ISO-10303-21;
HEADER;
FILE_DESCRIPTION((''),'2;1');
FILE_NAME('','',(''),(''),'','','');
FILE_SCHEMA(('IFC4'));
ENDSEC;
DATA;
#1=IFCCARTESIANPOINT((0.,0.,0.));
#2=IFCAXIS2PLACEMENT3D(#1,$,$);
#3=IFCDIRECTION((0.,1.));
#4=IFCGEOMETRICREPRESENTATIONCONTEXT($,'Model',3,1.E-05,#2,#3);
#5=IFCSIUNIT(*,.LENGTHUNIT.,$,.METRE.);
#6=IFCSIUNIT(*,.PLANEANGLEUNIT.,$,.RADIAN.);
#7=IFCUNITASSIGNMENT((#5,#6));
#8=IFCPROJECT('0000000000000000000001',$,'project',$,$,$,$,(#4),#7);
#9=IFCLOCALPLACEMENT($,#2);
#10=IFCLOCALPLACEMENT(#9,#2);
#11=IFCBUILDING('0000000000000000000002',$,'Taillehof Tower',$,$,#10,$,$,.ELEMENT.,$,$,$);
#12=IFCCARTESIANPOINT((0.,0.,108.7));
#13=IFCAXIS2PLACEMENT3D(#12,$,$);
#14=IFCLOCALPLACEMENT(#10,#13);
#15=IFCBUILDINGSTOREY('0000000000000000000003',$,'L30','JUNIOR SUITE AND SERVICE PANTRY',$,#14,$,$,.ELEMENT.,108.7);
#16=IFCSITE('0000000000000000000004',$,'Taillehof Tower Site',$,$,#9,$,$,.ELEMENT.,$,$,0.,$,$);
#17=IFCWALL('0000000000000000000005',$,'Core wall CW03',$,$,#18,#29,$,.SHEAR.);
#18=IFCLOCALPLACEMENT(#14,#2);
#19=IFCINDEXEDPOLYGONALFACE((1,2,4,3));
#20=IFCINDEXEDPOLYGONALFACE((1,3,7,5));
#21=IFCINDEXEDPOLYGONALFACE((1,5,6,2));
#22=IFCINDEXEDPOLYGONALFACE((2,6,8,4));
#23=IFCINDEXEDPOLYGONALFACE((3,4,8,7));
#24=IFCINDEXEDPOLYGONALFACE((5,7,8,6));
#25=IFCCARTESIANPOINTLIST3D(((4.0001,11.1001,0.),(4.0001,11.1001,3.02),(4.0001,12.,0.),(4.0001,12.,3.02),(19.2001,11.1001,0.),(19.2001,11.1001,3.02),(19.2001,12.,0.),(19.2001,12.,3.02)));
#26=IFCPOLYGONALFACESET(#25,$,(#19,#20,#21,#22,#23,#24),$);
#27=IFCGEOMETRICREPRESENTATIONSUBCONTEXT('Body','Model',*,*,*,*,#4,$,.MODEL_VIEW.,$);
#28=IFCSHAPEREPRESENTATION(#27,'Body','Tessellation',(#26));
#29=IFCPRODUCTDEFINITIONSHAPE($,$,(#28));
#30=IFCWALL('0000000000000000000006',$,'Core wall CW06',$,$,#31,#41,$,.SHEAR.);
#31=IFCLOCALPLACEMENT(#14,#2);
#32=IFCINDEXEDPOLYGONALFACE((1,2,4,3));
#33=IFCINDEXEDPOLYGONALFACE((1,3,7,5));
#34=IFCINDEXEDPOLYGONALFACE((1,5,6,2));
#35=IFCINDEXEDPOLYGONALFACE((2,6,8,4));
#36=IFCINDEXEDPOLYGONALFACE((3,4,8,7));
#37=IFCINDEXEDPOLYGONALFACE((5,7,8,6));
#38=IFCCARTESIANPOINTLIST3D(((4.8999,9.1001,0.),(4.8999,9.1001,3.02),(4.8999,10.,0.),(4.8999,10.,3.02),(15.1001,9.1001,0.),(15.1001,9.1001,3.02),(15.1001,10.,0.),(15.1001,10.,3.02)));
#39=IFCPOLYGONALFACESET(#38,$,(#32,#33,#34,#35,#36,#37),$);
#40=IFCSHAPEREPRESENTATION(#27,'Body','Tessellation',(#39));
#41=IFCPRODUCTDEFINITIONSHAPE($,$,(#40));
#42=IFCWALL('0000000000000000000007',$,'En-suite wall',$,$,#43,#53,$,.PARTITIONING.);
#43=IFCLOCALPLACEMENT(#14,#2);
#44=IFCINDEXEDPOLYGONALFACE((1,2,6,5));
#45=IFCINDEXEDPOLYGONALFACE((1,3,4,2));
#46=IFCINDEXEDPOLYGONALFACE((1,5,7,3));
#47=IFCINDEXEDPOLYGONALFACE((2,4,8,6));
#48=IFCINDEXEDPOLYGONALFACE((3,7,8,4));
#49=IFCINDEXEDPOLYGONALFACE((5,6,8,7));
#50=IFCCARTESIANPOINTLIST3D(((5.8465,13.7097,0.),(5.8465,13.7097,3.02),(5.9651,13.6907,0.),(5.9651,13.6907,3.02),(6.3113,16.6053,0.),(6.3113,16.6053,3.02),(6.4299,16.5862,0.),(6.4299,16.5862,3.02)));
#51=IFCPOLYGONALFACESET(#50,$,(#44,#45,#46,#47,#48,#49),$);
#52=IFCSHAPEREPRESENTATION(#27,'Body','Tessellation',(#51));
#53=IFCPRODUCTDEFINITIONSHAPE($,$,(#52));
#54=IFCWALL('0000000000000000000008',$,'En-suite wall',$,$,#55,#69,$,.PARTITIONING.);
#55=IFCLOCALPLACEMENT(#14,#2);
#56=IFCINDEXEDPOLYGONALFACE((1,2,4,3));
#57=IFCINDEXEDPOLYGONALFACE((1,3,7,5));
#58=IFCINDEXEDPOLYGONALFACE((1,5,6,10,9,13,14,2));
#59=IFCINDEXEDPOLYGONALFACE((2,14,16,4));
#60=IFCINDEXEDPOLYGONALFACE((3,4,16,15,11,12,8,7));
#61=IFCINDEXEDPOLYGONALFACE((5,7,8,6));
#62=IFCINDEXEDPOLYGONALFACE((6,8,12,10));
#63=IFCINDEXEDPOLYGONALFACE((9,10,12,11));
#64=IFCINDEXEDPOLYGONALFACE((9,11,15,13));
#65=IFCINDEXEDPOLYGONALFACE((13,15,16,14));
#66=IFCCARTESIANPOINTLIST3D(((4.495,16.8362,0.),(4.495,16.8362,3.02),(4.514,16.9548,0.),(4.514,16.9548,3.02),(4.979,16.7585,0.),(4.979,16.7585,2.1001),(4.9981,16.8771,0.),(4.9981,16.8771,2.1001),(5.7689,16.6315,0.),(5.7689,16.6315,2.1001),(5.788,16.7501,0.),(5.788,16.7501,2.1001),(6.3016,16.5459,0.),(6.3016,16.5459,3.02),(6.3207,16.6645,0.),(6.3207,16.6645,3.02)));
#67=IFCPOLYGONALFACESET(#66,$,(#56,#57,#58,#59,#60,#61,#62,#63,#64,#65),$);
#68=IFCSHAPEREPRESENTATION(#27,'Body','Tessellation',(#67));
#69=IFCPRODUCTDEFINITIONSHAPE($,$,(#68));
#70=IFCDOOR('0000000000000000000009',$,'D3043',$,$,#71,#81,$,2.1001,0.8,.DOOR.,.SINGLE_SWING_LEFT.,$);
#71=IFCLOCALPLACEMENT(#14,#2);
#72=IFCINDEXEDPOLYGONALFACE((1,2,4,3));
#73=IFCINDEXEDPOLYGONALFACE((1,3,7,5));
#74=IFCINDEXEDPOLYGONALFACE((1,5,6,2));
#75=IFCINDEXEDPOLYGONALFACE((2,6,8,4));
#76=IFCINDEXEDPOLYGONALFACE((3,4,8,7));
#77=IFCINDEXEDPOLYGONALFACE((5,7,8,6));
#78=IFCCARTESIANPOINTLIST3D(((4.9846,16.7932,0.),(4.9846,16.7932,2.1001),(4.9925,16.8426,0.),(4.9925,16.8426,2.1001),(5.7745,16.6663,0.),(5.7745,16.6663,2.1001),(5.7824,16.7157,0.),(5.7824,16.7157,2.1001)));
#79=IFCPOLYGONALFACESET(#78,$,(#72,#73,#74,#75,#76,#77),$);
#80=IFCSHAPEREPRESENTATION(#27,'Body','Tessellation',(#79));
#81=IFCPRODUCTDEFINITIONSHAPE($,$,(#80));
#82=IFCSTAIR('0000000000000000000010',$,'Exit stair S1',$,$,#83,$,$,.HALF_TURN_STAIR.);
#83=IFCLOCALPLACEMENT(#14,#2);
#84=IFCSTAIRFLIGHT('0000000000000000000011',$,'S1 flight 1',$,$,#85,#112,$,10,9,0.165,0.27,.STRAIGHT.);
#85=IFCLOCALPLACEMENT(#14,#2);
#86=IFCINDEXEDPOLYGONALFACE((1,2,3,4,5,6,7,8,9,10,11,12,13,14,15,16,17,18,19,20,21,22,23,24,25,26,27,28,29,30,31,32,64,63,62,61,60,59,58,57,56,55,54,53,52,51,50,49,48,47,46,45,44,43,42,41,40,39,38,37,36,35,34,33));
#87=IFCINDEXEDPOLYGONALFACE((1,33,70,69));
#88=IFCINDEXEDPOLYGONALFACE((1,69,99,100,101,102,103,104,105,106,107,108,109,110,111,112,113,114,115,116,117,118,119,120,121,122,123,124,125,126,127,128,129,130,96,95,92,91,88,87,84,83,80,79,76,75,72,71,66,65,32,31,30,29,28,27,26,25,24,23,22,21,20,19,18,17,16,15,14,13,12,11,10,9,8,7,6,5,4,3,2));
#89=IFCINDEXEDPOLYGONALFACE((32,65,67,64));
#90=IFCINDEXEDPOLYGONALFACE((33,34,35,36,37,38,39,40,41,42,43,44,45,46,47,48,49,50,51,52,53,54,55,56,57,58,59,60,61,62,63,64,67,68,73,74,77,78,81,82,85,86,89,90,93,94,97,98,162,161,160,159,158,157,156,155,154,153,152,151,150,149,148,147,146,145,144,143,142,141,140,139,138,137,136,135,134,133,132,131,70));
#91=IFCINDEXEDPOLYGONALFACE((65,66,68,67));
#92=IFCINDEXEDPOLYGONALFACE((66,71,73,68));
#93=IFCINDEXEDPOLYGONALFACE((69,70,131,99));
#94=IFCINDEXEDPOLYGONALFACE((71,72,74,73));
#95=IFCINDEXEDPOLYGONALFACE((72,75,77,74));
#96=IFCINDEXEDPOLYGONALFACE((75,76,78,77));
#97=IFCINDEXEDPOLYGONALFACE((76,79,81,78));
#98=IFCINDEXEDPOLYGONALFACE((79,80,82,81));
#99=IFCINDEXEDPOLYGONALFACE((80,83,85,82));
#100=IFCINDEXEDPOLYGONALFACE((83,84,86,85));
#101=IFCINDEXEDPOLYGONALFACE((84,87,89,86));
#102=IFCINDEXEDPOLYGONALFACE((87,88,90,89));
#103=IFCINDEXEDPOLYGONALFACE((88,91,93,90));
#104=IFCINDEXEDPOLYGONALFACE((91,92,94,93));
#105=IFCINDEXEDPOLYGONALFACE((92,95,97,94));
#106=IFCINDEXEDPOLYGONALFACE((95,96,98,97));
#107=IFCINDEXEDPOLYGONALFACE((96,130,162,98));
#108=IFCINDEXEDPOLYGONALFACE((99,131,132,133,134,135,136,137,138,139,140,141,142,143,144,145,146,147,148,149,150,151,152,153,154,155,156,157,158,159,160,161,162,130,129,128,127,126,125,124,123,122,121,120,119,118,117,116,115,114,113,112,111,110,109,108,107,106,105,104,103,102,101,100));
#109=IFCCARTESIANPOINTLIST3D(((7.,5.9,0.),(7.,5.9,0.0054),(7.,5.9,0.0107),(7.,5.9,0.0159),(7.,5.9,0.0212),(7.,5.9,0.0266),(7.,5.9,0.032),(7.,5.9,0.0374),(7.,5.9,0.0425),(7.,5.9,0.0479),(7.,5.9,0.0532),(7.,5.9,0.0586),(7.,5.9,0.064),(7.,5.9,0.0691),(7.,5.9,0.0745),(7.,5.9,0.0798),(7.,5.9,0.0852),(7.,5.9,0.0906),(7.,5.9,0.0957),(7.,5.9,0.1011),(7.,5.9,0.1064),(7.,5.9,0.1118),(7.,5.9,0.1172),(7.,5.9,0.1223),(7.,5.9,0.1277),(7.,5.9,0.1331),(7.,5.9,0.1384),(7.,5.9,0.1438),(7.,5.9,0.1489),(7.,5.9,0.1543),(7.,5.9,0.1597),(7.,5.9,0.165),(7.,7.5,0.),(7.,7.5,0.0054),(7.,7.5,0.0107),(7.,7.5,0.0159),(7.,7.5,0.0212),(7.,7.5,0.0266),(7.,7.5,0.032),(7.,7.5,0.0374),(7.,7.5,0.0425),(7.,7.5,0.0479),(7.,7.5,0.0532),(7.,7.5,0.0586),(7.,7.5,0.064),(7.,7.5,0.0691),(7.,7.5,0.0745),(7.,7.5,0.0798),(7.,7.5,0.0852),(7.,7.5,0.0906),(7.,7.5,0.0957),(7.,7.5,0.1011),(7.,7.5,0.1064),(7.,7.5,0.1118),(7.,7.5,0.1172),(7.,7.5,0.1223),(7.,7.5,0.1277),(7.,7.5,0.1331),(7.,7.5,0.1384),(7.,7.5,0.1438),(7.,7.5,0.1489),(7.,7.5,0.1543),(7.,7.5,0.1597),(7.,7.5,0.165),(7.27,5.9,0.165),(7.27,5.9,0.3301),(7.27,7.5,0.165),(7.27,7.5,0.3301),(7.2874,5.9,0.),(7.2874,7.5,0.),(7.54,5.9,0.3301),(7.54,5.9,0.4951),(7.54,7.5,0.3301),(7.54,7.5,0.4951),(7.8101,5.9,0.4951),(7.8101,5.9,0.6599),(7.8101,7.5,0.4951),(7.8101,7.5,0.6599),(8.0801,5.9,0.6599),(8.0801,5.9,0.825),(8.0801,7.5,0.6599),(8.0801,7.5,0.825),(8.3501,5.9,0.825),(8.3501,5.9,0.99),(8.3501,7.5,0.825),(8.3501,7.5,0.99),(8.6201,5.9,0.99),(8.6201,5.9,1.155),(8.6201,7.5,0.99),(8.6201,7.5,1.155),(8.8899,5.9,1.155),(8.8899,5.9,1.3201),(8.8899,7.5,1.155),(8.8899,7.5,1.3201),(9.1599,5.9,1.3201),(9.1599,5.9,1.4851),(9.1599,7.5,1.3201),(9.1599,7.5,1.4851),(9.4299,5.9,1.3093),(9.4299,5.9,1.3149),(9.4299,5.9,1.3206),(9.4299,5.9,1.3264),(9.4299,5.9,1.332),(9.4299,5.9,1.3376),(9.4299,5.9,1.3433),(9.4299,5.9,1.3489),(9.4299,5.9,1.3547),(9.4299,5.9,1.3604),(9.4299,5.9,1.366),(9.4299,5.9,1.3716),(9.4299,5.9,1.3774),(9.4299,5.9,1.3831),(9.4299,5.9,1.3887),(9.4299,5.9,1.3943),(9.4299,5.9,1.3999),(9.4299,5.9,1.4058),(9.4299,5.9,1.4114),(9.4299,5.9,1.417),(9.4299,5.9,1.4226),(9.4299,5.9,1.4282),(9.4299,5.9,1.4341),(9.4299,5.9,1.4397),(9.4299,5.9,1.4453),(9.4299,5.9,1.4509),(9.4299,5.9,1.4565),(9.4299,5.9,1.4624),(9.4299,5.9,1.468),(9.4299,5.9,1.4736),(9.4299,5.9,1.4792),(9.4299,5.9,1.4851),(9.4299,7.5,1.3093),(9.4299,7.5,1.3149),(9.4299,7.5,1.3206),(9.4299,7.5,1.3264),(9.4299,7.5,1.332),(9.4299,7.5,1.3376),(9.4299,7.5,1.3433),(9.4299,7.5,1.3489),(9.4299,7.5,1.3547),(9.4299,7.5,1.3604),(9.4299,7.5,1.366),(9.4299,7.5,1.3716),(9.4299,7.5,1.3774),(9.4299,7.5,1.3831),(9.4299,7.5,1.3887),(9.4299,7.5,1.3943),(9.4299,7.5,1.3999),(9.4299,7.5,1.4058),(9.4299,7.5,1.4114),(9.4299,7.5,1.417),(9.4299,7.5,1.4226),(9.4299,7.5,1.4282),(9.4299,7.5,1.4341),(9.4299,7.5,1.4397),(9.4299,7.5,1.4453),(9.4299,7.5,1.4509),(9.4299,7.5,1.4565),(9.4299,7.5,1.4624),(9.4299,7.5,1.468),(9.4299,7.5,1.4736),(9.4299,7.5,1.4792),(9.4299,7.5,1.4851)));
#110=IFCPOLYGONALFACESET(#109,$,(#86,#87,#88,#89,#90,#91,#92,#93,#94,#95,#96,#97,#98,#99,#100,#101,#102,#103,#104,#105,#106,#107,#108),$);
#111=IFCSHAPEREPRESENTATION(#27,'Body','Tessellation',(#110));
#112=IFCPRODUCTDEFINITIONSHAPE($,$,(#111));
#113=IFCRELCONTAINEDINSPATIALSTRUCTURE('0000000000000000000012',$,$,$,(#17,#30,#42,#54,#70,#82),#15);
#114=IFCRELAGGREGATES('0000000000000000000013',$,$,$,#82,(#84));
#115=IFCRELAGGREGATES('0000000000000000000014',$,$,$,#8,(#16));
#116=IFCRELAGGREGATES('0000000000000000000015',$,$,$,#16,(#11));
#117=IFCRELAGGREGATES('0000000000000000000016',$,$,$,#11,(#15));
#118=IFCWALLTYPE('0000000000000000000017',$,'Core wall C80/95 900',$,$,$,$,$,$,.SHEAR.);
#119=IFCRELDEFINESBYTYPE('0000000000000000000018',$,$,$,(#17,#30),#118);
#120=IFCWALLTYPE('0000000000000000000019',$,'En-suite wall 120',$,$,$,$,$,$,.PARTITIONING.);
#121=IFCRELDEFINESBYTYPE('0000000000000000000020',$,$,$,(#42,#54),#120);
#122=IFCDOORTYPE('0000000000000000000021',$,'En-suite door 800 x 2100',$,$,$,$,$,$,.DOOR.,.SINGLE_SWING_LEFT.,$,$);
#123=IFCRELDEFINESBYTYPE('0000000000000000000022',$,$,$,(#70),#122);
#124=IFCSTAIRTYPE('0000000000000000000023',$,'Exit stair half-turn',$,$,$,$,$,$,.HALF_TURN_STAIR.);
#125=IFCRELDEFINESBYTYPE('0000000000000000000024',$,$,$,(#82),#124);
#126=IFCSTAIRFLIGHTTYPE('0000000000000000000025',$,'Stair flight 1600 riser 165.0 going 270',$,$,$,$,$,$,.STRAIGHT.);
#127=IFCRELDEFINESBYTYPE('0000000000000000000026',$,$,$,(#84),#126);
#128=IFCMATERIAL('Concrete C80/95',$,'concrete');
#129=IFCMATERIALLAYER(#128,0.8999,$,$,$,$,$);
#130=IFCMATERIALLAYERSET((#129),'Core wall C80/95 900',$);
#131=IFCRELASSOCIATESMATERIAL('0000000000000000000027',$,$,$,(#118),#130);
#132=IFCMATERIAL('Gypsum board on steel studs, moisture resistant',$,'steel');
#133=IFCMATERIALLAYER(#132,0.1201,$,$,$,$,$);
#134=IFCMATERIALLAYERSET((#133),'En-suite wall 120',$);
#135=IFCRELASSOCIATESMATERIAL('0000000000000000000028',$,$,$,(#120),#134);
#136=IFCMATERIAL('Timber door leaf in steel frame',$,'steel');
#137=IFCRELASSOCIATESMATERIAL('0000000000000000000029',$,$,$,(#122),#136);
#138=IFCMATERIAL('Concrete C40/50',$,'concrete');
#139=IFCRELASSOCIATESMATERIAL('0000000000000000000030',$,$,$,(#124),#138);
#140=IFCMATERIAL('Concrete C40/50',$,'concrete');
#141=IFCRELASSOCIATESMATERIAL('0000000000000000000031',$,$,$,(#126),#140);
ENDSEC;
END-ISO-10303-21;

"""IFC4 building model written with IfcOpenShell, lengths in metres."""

from ifc_helpers import new_model, si_unit, direction, frame, frame_2d, origin, place, context, subcontext, project, spatial, polyline, rectangle, outline, extrude, material, layer, layer_set, type_object, element, fill, aggregate, save


model = new_model("IFC4")

# Units and contexts
model_context = context("Model", 3, precision=1e-05, world=origin(), true_north=direction((0.0, 1.0)))
body_context = subcontext(model_context, "Body", "Model", "MODEL_VIEW")
ifc_project = project(units=[si_unit("LENGTHUNIT", "METRE"), si_unit("PLANEANGLEUNIT", "RADIAN")], contexts=[model_context])

# Site, building, storey
site_placement = place(None, origin())
site = spatial("IfcSite", under=ifc_project, at=site_placement, Name="Taillehof Tower Site", CompositionType="ELEMENT", RefElevation=0.0)
building_placement = place(site_placement, origin())
building = spatial("IfcBuilding", under=site, at=building_placement, Name="Taillehof Tower", CompositionType="ELEMENT")
storey_placement = place(building_placement, frame((0.0, 0.0, 108.7)))
storey = spatial("IfcBuildingStorey", under=building, at=storey_placement, Name="L30", Description="JUNIOR SUITE AND SERVICE PANTRY", CompositionType="ELEMENT", Elevation=108.7)

# Walls
ifc_material_1 = material(Name="Concrete C80/95", Category="concrete")
ifc_layer_1 = layer(ifc_material_1, 0.8999)
ifc_layer_set_1 = layer_set([ifc_layer_1], Name="Core wall C80/95 900")
wall_type_1 = type_object("IfcWallType", Name="Core wall C80/95 900", PredefinedType="SHEAR", material=ifc_layer_set_1)
wall_1_placement = place(storey_placement, frame((4.0, 11.55, 0.0), z_axis=(0.0, 0.0, 1.0), x_axis=(1.0, 0.0, 0.0)))
element("IfcWall", 1, at=wall_1_placement, inside=storey, type_object=wall_type_1, Name="Core wall CW03", PredefinedType="SHEAR", context=body_context, shape_type="SweptSolid", body=[
    extrude(rectangle(XDim=15.2, YDim=0.8999, at=frame_2d((7.6001, 0.0))), origin(), (0.0, 0.0, 1.0), 3.02),
])
wall_2_placement = place(storey_placement, frame((4.8999, 9.55, 0.0), z_axis=(0.0, 0.0, 1.0), x_axis=(1.0, 0.0, 0.0)))
element("IfcWall", 2, at=wall_2_placement, inside=storey, type_object=wall_type_1, Name="Core wall CW06", PredefinedType="SHEAR", context=body_context, shape_type="SweptSolid", body=[
    extrude(rectangle(XDim=10.2002, YDim=0.8999, at=frame_2d((5.1001, 0.0))), origin(), (0.0, 0.0, 1.0), 3.02),
])
ifc_material_2 = material(Name="Gypsum board on steel studs, moisture resistant", Category="steel")
ifc_layer_2 = layer(ifc_material_2, 0.1201)
ifc_layer_set_2 = layer_set([ifc_layer_2], Name="En-suite wall 120")
wall_type_2 = type_object("IfcWallType", Name="En-suite wall 120", PredefinedType="PARTITIONING", material=ifc_layer_set_2)
wall_3_placement = place(storey_placement, frame((5.9058, 13.7002, 0.0), z_axis=(0.0, 0.0, 1.0), x_axis=(0.15851, 0.987357, 0.0)))
element("IfcWall", 3, at=wall_3_placement, inside=storey, type_object=wall_type_2, Name="En-suite wall", PredefinedType="PARTITIONING", context=body_context, shape_type="SweptSolid", body=[
    extrude(rectangle(XDim=2.9326, YDim=0.1201, at=frame_2d((1.4663, 0.0))), origin(), (0.0, 0.0, 1.0), 3.02),
])

# Wall, opening, door
wall_4_placement = place(storey_placement, frame((6.3113, 16.6052, 0.0), z_axis=(0.0, 0.0, 1.0), x_axis=(-0.987336, 0.158641, 0.0)))
wall_4 = element("IfcWall", 4, at=wall_4_placement, inside=storey, type_object=wall_type_2, Name="En-suite wall", PredefinedType="PARTITIONING", context=body_context, shape_type="SweptSolid", body=[
    extrude(rectangle(XDim=1.8298, YDim=0.1201, at=frame_2d((0.915, 0.0))), origin(), (0.0, 0.0, 1.0), 3.02),
])
opening_1_placement = place(wall_4_placement, frame((0.5398, 0.0, 0.0)))
opening_1 = element("IfcOpeningElement", 5, at=opening_1_placement, cuts=wall_4, PredefinedType="OPENING", context=body_context, shape_type="SweptSolid", body=[
    extrude(rectangle(XDim=0.8, YDim=2.1001, at=frame_2d((0.3999, 1.05))), frame((0.0, 0.0701, 0.0), z_axis=(0.0, -1.0, 0.0), x_axis=(1.0, 0.0, 0.0)), (0.0, 0.0, 1.0), 0.1401),
])
ifc_material_3 = material(Name="Timber door leaf in steel frame", Category="steel")
door_type_1 = type_object("IfcDoorType", Name="En-suite door 800 x 2100", OperationType="SINGLE_SWING_LEFT", PredefinedType="DOOR", material=ifc_material_3)
door_1_placement = place(opening_1_placement, origin())
door_1 = element("IfcDoor", 6, at=door_1_placement, inside=storey, type_object=door_type_1, Name="D3043", OperationType="SINGLE_SWING_LEFT", OverallHeight=2.1001, OverallWidth=0.8, PredefinedType="DOOR", context=body_context, shape_type="SweptSolid", body=[
    extrude(rectangle(XDim=0.8, YDim=2.1001, at=frame_2d((0.3999, 1.05))), frame((0.0, 0.0249, 0.0), z_axis=(0.0, -1.0, 0.0), x_axis=(1.0, 0.0, 0.0)), (0.0, 0.0, 1.0), 0.05),
])
fill(opening_1, door_1)

# Stair, stair flight
ifc_material_4 = material(Name="Concrete C40/50", Category="concrete")
stair_type = type_object("IfcStairType", Name="Exit stair half-turn", PredefinedType="HALF_TURN_STAIR", material=ifc_material_4)
stair_placement = place(storey_placement, origin())
stair = element("IfcStair", 7, at=stair_placement, inside=storey, type_object=stair_type, Name="Exit stair S1", PredefinedType="HALF_TURN_STAIR")
ifc_material_5 = material(Name="Concrete C40/50", Category="concrete")
stair_flight_type = type_object("IfcStairFlightType", Name="Stair flight 1600 riser 165.0 going 270", PredefinedType="STRAIGHT", material=ifc_material_5)
stair_flight_placement = place(storey_placement, frame((7.0, 6.7, 0.0), z_axis=(0.0, 0.0, 1.0), x_axis=(1.0, 0.0, 0.0)))
stair_flight = element("IfcStairFlight", 8, at=stair_flight_placement, type_object=stair_flight_type, Name="S1 flight 1", NumberOfRisers=10, NumberOfTreads=9, PredefinedType="STRAIGHT", RiserHeight=0.165, TreadLength=0.27, context=body_context, shape_type="SweptSolid", body=[
    extrude(outline(polyline([(0.0, 0.0), (0.0, 0.0054), (0.0, 0.0107), (0.0, 0.0159), (0.0, 0.0212), (0.0, 0.0266), (0.0, 0.032), (0.0, 0.0374), (0.0, 0.0425), (0.0, 0.0479), (0.0, 0.0532), (0.0, 0.0586), (0.0, 0.064), (0.0, 0.0691), (0.0, 0.0745), (0.0, 0.0798), (0.0, 0.0852), (0.0, 0.0906), (0.0, 0.0957), (0.0, 0.1011), (0.0, 0.1064), (0.0, 0.1118), (0.0, 0.1172), (0.0, 0.1223), (0.0, 0.1277), (0.0, 0.1331), (0.0, 0.1384), (0.0, 0.1438), (0.0, 0.1489), (0.0, 0.1543), (0.0, 0.1597), (0.0, 0.165), (0.27, 0.165), (0.27, 0.3301), (0.54, 0.3301), (0.54, 0.4951), (0.8101, 0.4951), (0.8101, 0.6599), (1.0801, 0.6599), (1.0801, 0.825), (1.3501, 0.825), (1.3501, 0.99), (1.6201, 0.99), (1.6201, 1.155), (1.8899, 1.155), (1.8899, 1.3201), (2.1599, 1.3201), (2.1599, 1.4851), (2.4299, 1.4851), (2.4299, 1.4792), (2.4299, 1.4736), (2.4299, 1.468), (2.4299, 1.4624), (2.4299, 1.4565), (2.4299, 1.4509), (2.4299, 1.4453), (2.4299, 1.4397), (2.4299, 1.4341), (2.4299, 1.4282), (2.4299, 1.4226), (2.4299, 1.417), (2.4299, 1.4114), (2.4299, 1.4058), (2.4299, 1.3999), (2.4299, 1.3943), (2.4299, 1.3887), (2.4299, 1.3831), (2.4299, 1.3774), (2.4299, 1.3716), (2.4299, 1.366), (2.4299, 1.3604), (2.4299, 1.3547), (2.4299, 1.3489), (2.4299, 1.3433), (2.4299, 1.3376), (2.4299, 1.332), (2.4299, 1.3264), (2.4299, 1.3206), (2.4299, 1.3149), (2.4299, 1.3093), (0.2874, 0.0), (0.0, 0.0)])), frame((0.0, 0.8, 0.0), z_axis=(0.0, -1.0, 0.0), x_axis=(1.0, 0.0, 0.0)), (0.0, 0.0, 1.0), 1.6),
])
aggregate(stair, [stair_flight])

save(model, "model.ifc")
